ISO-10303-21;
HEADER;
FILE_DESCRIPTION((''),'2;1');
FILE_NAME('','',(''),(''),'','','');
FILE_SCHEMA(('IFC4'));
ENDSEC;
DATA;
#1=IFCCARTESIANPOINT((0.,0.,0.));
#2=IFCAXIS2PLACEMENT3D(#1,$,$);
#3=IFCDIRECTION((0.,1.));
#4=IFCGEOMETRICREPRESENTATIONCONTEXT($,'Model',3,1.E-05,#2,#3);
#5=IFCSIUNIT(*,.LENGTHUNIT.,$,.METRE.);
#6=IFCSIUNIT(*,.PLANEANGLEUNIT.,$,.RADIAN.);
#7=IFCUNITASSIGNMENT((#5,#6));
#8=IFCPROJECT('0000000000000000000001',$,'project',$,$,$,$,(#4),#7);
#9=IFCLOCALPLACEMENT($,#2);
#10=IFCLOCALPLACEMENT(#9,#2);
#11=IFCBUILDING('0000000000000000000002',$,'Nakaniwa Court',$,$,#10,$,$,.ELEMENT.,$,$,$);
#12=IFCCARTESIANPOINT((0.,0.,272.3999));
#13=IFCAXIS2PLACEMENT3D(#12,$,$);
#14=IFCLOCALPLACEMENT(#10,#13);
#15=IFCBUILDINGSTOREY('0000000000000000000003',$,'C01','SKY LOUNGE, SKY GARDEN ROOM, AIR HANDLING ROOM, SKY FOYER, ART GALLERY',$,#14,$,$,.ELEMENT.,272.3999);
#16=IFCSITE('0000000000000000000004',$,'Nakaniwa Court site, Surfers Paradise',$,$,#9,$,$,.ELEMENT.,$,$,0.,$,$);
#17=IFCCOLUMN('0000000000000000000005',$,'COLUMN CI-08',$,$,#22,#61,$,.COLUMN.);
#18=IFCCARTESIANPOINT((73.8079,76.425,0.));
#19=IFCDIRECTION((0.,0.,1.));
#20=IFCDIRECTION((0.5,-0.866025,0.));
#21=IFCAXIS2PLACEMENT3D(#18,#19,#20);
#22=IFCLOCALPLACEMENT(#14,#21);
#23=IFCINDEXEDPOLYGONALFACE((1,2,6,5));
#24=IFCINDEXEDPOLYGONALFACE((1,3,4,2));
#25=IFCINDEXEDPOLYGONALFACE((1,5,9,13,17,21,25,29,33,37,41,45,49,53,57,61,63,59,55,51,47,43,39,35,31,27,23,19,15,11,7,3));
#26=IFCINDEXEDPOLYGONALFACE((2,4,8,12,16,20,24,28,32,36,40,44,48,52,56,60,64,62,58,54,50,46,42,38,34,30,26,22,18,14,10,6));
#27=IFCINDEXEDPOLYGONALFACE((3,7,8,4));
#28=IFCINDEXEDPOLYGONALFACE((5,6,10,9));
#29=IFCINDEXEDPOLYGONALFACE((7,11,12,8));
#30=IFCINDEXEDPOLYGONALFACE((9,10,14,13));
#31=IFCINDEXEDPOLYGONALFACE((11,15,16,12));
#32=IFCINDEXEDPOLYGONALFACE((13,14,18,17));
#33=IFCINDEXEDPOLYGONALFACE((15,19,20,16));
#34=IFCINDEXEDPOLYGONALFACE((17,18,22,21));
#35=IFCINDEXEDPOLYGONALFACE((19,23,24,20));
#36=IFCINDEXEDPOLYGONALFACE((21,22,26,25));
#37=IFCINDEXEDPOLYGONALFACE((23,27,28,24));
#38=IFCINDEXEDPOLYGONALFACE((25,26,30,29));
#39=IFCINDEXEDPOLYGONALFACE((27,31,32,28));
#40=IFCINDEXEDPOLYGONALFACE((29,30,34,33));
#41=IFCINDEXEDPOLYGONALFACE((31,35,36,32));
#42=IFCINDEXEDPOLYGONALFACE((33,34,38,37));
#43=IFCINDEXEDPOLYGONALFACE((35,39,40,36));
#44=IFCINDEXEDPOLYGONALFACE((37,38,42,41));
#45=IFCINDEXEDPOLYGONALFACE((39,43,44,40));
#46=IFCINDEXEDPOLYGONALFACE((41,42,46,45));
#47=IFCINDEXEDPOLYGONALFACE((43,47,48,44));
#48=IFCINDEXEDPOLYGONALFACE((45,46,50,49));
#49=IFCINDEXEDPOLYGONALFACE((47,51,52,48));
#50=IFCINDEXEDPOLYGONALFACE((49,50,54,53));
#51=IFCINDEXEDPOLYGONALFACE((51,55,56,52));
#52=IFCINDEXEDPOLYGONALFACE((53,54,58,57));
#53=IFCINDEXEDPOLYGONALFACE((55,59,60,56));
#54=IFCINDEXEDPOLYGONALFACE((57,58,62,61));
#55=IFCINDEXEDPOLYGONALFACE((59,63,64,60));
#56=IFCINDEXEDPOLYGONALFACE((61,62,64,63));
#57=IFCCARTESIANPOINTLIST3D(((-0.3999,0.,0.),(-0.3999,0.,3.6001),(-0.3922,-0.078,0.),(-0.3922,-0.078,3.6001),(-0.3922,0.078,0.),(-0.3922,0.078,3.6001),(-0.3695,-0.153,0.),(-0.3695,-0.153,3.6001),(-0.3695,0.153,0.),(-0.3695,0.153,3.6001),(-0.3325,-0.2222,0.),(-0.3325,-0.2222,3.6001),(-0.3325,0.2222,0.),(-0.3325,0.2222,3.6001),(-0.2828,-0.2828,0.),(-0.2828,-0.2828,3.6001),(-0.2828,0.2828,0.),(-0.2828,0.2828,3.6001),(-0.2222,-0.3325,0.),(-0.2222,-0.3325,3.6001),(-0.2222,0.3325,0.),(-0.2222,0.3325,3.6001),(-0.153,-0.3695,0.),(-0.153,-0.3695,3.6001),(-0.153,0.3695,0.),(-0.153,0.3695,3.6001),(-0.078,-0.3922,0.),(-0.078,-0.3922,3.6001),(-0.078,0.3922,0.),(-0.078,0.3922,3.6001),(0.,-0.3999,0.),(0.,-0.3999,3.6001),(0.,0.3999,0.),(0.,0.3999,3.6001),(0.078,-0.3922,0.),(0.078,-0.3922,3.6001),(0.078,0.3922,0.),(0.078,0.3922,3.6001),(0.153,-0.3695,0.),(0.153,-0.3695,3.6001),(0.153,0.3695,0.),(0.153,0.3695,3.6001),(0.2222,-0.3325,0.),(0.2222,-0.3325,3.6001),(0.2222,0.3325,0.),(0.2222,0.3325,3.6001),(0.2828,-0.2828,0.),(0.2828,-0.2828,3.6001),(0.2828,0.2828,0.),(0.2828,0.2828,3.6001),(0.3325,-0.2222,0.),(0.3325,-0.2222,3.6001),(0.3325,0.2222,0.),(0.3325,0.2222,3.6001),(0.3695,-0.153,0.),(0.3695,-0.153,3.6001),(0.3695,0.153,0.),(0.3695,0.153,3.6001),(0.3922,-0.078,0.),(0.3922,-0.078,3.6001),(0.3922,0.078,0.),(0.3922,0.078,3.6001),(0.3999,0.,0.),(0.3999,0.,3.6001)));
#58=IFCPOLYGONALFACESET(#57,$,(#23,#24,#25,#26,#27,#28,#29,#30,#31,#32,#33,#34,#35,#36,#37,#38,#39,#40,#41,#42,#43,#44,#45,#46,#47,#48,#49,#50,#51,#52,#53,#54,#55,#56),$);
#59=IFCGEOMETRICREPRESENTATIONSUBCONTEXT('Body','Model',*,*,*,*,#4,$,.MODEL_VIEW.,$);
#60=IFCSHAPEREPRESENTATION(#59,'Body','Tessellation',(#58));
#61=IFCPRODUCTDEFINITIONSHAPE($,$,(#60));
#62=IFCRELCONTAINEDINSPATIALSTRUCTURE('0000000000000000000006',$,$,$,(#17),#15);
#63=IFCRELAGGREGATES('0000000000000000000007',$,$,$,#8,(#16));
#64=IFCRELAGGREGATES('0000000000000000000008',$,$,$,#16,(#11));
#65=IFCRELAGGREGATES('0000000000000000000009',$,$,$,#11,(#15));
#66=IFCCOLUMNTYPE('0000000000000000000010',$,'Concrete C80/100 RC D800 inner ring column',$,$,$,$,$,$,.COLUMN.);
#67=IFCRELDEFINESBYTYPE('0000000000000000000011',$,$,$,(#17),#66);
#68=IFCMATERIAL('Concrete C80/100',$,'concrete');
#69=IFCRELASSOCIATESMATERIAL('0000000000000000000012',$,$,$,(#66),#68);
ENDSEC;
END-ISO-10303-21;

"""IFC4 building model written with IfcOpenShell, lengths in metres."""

from ifc_helpers import new_model, si_unit, direction, frame, origin, origin_2d, place, context, subcontext, project, spatial, circle, extrude, material, material_profile, profile_set, type_object, element, save


model = new_model("IFC4")

# Units and contexts
model_context = context("Model", 3, precision=1e-05, world=origin(), true_north=direction((0.0, 1.0)))
body_context = subcontext(model_context, "Body", "Model", "MODEL_VIEW")
ifc_project = project(units=[si_unit("LENGTHUNIT", "METRE"), si_unit("PLANEANGLEUNIT", "RADIAN")], contexts=[model_context])

# Site, building, storey
site_placement = place(None, origin())
site = spatial("IfcSite", under=ifc_project, at=site_placement, Name="Nakaniwa Court site, Surfers Paradise", CompositionType="ELEMENT", RefElevation=0.0)
building_placement = place(site_placement, origin())
building = spatial("IfcBuilding", under=site, at=building_placement, Name="Nakaniwa Court", CompositionType="ELEMENT")
storey_placement = place(building_placement, frame((0.0, 0.0, 272.3999)))
storey = spatial("IfcBuildingStorey", under=building, at=storey_placement, Name="C01", Description="SKY LOUNGE, SKY GARDEN ROOM, AIR HANDLING ROOM, SKY FOYER, ART GALLERY", CompositionType="ELEMENT", Elevation=272.3999)

# Column
ifc_material_1 = material(Name="Concrete C80/100", Category="concrete")
ifc_material_profile_1 = material_profile(ifc_material_1, circle(Radius=0.3999, at=origin_2d()), Name="Concrete C80/100 RC D800 inner ring column")
ifc_profile_set_1 = profile_set([ifc_material_profile_1], Name="Concrete C80/100")
column_type_1 = type_object("IfcColumnType", Name="Concrete C80/100 RC D800 inner ring column", PredefinedType="COLUMN", material=ifc_profile_set_1)
column_placement = place(storey_placement, frame((73.8079, 76.425, 0.0), z_axis=(0.0, 0.0, 1.0), x_axis=(0.5, -0.866025, 0.0)))
element("IfcColumn", 1, at=column_placement, inside=storey, type_object=column_type_1, Name="COLUMN CI-08", PredefinedType="COLUMN", context=body_context, shape_type="SweptSolid", body=[
    extrude(circle(Radius=0.3999, at=origin_2d()), origin(), (0.0, 0.0, 1.0), 3.6001),
])

save(model, "model.ifc")
